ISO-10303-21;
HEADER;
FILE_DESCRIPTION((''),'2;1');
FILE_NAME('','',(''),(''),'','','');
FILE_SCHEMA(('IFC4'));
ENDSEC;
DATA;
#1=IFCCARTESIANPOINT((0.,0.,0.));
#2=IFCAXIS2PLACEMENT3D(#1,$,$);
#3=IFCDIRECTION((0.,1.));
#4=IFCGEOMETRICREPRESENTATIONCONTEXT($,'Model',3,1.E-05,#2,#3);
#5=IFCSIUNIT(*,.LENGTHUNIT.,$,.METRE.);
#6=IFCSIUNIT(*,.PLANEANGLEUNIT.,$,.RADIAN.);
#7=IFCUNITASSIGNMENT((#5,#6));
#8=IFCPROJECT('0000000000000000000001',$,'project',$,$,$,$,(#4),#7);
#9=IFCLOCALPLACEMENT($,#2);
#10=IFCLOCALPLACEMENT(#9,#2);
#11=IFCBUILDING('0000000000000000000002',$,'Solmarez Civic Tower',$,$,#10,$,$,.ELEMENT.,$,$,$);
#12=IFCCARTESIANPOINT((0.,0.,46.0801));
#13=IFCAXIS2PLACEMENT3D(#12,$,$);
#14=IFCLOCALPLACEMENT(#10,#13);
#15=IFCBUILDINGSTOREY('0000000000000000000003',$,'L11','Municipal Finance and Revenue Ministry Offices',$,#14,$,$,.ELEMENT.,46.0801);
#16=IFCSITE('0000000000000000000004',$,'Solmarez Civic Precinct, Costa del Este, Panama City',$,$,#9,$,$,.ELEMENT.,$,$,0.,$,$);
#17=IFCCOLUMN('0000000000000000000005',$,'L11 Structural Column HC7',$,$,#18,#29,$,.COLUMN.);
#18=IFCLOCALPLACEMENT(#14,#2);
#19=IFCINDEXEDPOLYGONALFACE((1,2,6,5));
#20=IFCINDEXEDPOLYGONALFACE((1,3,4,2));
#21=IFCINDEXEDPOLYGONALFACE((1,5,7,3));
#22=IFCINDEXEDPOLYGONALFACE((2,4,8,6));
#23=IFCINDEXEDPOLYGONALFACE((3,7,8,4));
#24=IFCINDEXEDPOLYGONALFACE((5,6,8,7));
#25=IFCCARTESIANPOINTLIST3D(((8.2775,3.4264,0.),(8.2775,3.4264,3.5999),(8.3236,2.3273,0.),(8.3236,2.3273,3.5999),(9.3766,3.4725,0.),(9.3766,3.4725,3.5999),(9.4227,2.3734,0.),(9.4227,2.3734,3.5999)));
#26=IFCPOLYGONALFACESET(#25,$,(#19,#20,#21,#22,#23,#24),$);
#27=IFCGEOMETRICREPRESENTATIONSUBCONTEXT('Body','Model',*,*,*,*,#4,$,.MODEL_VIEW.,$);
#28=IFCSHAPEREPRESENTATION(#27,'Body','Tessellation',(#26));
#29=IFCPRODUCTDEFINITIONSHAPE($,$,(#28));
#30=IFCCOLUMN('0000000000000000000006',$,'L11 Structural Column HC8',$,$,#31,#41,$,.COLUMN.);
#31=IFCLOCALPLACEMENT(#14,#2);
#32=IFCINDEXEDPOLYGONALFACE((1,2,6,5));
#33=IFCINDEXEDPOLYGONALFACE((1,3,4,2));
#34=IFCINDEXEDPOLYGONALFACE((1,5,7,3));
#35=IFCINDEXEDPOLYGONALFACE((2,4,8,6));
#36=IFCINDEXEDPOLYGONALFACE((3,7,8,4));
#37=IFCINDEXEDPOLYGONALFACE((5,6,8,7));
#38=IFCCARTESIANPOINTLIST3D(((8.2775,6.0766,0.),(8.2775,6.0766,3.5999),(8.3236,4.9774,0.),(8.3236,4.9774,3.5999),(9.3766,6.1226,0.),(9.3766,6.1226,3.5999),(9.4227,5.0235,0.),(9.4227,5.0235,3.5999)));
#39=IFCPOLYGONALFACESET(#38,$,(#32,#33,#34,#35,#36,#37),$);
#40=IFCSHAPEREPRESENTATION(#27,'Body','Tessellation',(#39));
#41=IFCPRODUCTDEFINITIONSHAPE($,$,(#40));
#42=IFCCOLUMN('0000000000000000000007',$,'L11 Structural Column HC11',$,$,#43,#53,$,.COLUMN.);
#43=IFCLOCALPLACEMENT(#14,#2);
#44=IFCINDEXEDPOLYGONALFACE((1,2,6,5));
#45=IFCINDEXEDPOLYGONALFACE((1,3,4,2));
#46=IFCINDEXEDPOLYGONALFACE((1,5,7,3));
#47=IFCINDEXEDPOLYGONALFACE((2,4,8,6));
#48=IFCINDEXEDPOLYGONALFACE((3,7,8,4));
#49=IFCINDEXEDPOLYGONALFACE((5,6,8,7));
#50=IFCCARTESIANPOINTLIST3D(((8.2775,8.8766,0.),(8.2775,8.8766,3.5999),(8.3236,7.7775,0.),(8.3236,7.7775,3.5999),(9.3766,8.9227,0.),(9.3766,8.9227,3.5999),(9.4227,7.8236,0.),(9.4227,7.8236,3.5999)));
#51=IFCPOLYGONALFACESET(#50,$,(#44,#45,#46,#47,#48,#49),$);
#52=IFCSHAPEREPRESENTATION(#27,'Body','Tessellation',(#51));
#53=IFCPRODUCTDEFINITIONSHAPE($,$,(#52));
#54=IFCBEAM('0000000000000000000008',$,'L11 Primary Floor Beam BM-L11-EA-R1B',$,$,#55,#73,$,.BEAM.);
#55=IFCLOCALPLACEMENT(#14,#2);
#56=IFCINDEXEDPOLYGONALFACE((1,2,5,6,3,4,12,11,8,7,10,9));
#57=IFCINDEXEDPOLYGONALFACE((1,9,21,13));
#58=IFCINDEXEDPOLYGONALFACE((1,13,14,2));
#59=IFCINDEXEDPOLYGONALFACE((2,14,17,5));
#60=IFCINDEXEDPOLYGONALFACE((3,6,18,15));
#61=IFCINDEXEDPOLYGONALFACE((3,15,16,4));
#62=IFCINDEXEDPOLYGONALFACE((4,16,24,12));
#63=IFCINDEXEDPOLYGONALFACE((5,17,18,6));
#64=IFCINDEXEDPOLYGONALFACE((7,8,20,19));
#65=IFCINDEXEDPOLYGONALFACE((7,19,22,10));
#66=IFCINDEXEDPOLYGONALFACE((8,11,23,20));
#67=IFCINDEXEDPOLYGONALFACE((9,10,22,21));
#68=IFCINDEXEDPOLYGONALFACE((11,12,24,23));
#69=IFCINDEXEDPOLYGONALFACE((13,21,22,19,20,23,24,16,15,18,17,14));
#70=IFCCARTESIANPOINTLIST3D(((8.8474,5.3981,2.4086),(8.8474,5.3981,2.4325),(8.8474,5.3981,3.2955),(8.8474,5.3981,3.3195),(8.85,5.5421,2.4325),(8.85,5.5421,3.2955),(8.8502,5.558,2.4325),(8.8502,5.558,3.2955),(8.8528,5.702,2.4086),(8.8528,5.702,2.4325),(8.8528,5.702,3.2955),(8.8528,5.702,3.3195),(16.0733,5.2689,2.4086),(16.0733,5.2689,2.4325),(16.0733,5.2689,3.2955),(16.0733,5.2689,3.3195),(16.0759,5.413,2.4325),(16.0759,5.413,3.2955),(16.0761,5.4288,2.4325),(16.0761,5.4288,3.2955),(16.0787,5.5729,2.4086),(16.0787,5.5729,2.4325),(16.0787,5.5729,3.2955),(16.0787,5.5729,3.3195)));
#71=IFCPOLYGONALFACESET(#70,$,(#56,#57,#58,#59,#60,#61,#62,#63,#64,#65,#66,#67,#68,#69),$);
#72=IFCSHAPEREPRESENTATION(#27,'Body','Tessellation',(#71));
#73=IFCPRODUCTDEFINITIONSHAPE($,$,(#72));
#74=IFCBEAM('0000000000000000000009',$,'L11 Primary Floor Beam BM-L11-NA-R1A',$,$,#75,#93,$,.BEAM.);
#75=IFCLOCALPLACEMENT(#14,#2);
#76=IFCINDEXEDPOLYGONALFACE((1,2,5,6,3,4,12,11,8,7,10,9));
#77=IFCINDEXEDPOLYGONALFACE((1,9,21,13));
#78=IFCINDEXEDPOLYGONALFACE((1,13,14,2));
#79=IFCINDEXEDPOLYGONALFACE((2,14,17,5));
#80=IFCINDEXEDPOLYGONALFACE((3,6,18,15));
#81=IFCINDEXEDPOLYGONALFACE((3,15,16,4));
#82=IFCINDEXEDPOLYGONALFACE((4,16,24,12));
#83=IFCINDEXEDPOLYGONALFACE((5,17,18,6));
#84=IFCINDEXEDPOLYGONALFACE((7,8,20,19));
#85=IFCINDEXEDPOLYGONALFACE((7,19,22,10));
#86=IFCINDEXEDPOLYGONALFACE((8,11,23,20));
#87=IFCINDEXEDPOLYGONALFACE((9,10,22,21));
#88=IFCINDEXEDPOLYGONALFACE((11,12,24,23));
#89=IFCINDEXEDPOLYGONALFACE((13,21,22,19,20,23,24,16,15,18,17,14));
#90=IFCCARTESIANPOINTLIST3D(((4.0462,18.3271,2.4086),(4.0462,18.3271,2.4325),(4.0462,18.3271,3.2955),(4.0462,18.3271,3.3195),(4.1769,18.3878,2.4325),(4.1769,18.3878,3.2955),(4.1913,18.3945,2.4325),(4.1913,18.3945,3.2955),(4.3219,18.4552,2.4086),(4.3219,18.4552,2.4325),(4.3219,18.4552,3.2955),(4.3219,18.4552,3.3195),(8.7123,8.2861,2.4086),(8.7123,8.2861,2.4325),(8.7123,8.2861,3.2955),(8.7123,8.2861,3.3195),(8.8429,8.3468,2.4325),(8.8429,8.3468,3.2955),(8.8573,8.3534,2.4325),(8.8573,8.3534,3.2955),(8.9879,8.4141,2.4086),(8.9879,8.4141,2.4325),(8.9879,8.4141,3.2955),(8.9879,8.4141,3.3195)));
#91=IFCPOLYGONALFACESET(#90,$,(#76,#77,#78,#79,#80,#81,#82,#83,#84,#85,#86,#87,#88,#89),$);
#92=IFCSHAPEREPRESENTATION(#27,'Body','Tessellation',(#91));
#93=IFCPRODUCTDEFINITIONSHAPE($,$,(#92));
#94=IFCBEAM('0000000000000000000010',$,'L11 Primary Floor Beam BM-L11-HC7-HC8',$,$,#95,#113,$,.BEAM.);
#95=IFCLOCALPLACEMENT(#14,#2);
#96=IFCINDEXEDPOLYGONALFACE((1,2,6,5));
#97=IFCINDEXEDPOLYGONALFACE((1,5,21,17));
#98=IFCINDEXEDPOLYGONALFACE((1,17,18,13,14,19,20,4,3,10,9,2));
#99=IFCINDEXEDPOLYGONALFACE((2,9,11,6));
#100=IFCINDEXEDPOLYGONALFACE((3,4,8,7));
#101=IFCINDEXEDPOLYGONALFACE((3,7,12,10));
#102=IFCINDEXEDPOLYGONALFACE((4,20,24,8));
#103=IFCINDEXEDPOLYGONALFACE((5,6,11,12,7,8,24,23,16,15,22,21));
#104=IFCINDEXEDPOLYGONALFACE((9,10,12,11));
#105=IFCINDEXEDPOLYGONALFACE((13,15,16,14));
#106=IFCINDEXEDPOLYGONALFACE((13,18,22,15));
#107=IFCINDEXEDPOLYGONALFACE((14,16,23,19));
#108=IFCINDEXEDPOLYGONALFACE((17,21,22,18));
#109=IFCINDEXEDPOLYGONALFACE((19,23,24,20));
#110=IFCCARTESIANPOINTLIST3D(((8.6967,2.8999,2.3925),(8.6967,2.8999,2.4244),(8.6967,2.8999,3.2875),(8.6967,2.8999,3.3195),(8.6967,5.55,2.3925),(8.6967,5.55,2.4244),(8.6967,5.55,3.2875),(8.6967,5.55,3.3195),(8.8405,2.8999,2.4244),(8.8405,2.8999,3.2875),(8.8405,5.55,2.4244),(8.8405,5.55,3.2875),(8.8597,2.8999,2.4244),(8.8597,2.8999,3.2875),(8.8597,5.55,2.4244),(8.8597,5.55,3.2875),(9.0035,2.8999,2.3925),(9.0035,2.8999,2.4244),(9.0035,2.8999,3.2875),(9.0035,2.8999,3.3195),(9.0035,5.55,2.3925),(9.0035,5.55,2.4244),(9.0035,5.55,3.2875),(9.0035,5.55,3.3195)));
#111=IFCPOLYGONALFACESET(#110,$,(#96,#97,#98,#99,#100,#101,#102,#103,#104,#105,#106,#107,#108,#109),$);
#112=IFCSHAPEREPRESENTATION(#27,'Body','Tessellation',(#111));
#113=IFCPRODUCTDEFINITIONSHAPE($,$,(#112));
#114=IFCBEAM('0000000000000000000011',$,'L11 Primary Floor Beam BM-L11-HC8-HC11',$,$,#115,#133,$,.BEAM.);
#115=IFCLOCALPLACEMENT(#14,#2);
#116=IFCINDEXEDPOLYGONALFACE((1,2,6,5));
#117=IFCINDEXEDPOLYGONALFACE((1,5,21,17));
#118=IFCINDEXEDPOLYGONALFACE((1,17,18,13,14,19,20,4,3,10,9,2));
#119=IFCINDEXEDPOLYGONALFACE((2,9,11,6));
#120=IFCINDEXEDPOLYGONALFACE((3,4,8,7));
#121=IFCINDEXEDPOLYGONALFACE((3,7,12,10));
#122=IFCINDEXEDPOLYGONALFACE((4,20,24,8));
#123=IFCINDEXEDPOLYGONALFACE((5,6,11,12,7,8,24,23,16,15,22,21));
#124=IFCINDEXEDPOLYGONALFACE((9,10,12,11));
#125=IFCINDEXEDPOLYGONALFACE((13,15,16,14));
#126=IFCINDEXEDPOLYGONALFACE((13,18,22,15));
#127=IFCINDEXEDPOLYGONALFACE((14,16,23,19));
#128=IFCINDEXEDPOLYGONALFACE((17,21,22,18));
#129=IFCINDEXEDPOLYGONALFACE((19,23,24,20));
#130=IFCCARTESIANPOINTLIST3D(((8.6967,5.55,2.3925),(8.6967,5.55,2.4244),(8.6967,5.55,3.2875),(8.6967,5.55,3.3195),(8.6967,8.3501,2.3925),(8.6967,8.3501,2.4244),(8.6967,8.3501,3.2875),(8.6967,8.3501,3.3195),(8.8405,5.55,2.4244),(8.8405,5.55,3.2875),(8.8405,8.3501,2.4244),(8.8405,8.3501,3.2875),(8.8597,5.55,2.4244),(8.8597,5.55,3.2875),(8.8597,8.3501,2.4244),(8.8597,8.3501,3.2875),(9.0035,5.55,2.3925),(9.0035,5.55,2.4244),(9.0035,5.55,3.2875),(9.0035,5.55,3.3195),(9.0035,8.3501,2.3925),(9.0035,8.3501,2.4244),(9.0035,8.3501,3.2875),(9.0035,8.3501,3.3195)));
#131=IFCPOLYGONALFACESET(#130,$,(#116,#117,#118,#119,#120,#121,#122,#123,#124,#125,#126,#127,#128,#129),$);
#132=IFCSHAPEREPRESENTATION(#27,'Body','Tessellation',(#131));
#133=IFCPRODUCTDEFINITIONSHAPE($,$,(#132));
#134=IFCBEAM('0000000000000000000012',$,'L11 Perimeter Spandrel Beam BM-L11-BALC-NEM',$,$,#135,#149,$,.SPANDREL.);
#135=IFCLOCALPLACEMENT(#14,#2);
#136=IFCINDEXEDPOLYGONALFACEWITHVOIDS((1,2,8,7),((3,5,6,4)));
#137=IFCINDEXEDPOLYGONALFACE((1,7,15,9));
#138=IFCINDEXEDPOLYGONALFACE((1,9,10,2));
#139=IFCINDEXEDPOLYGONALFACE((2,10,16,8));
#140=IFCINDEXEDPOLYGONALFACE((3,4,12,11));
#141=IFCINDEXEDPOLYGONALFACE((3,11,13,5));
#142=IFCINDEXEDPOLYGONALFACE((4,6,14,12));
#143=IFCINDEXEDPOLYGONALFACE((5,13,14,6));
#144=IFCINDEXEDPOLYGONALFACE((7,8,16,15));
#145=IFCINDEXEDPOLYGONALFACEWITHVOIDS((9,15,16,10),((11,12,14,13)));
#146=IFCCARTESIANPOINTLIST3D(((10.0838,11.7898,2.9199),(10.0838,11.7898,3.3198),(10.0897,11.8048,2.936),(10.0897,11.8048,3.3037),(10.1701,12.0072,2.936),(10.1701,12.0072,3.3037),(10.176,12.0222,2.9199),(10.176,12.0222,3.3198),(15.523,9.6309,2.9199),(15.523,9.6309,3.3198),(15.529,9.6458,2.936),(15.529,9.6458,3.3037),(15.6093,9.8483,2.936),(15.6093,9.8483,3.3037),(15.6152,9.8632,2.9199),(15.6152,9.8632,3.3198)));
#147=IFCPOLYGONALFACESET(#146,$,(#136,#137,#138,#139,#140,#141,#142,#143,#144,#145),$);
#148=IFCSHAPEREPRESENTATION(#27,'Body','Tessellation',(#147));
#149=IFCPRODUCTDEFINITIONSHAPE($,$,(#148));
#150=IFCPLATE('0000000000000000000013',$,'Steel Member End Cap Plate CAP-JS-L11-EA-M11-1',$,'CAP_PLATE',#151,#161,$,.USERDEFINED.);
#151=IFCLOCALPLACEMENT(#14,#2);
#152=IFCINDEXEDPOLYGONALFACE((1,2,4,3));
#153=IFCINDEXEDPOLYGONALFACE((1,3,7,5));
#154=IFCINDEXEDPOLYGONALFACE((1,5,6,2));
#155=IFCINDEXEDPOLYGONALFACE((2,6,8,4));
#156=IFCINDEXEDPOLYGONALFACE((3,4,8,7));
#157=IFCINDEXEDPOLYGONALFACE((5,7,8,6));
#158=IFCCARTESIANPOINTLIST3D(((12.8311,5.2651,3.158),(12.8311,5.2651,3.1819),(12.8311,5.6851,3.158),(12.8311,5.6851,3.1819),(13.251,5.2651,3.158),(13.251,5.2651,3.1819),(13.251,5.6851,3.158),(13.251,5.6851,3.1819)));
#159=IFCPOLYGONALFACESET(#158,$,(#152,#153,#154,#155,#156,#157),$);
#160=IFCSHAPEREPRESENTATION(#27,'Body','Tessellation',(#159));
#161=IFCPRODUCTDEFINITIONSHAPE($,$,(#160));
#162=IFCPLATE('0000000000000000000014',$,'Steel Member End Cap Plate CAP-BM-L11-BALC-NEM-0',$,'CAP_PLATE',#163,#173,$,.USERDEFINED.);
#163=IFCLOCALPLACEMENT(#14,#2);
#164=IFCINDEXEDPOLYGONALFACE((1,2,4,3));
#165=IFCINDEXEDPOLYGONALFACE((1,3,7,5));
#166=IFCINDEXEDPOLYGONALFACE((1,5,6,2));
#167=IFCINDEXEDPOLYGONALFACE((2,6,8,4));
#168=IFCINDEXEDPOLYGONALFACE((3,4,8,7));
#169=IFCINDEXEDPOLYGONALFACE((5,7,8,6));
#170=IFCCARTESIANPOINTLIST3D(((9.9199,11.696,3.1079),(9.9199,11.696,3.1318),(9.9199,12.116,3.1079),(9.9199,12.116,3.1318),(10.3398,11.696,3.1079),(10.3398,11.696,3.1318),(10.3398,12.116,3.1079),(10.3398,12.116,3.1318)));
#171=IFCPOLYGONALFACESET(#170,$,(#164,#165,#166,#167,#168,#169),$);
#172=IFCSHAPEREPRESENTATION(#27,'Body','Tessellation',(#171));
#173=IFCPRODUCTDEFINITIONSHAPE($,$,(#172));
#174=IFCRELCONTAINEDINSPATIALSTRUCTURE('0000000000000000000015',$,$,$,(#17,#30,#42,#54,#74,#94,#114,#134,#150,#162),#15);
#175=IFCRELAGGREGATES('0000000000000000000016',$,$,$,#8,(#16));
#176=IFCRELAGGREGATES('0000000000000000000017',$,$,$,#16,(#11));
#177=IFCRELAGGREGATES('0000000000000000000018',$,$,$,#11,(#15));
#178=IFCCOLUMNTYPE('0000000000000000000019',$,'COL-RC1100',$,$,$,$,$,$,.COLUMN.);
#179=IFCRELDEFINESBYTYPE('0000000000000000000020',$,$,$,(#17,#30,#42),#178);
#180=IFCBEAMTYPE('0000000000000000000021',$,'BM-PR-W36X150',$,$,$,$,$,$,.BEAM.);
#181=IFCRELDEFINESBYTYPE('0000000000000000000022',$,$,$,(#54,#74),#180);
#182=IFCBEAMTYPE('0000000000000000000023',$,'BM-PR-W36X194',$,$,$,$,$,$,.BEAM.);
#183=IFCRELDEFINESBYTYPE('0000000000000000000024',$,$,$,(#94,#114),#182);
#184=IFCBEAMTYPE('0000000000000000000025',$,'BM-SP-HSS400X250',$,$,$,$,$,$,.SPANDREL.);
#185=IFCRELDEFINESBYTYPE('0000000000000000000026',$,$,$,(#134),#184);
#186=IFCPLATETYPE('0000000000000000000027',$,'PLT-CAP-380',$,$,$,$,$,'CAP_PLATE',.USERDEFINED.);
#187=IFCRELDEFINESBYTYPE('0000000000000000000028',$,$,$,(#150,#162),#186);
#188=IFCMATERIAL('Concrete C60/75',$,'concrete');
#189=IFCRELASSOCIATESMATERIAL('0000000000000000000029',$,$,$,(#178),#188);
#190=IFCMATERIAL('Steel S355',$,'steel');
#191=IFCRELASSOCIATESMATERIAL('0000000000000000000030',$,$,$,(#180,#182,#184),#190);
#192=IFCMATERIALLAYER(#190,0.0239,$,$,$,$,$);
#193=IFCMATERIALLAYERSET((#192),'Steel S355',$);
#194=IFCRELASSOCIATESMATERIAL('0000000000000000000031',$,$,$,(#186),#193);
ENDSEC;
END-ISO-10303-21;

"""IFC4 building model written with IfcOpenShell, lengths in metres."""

from ifc_helpers import new_model, si_unit, direction, frame, origin, origin_2d, place, context, subcontext, project, spatial, rectangle, hollow_rectangle, i_section, extrude, material, layer, layer_set, material_profile, profile_set, type_object, element, save


model = new_model("IFC4")

# Units and contexts
model_context = context("Model", 3, precision=1e-05, world=origin(), true_north=direction((0.0, 1.0)))
body_context = subcontext(model_context, "Body", "Model", "MODEL_VIEW")
ifc_project = project(units=[si_unit("LENGTHUNIT", "METRE"), si_unit("PLANEANGLEUNIT", "RADIAN")], contexts=[model_context])

# Site, building, storey
site_placement = place(None, origin())
site = spatial("IfcSite", under=ifc_project, at=site_placement, Name="Solmarez Civic Precinct, Costa del Este, Panama City", CompositionType="ELEMENT", RefElevation=0.0)
building_placement = place(site_placement, origin())
building = spatial("IfcBuilding", under=site, at=building_placement, Name="Solmarez Civic Tower", CompositionType="ELEMENT")
storey_placement = place(building_placement, frame((0.0, 0.0, 46.0801)))
storey = spatial("IfcBuildingStorey", under=building, at=storey_placement, Name="L11", Description="Municipal Finance and Revenue Ministry Offices", CompositionType="ELEMENT", Elevation=46.0801)

# Columns
ifc_material_1 = material(Name="Concrete C60/75", Category="concrete")
ifc_material_profile_1 = material_profile(ifc_material_1, rectangle(XDim=1.1001, YDim=1.1001, at=origin_2d()), Name="RC1100X1100")
ifc_profile_set_1 = profile_set([ifc_material_profile_1], Name="Concrete C60/75")
column_type = type_object("IfcColumnType", Name="COL-RC1100", PredefinedType="COLUMN", material=ifc_profile_set_1)
for number, where, z_axis, x_axis, name in (
    (1, (8.8501, 2.8999, 0.0), (0.0, 0.0, 1.0), (0.999123, 0.041876, 0.0), "L11 Structural Column HC7"),
    (2, (8.8501, 5.55, 0.0), (0.0, 0.0, 1.0), (0.999123, 0.041876, 0.0), "L11 Structural Column HC8"),
    (3, (8.8501, 8.3501, 0.0), (0.0, 0.0, 1.0), (0.999123, 0.041876, 0.0), "L11 Structural Column HC11"),
):
    element("IfcColumn", number, at=place(storey_placement, frame(where, z_axis=z_axis, x_axis=x_axis)), inside=storey, type_object=column_type, Name=name, PredefinedType="COLUMN", context=body_context, shape_type="SweptSolid", body=[
        extrude(rectangle(XDim=1.1001, YDim=1.1001, at=origin_2d()), origin(), (0.0, 0.0, 1.0), 3.5999),
    ])

# Beams
ifc_material_2 = material(Name="Steel S355", Category="steel")
ifc_material_profile_2 = material_profile(ifc_material_2, i_section(OverallWidth=0.304, OverallDepth=0.9109, WebThickness=0.0159, FlangeThickness=0.0239, at=origin_2d()), Name="W36X150")
ifc_profile_set_2 = profile_set([ifc_material_profile_2], Name="Steel S355")
beam_type_1 = type_object("IfcBeamType", Name="BM-PR-W36X150", PredefinedType="BEAM", material=ifc_profile_set_2)
beam_1_placement = place(storey_placement, frame((8.8501, 5.55, 2.864), z_axis=(0.99984, -0.017871, 0.0), x_axis=(0.017871, 0.99984, 0.0)))
element("IfcBeam", 4, at=beam_1_placement, inside=storey, type_object=beam_type_1, Name="L11 Primary Floor Beam BM-L11-EA-R1B", PredefinedType="BEAM", context=body_context, shape_type="SweptSolid", body=[
    extrude(i_section(OverallWidth=0.304, OverallDepth=0.9109, WebThickness=0.0159, FlangeThickness=0.0239, at=origin_2d()), origin(), (0.0, 0.0, 1.0), 7.2271),
])
beam_2_placement = place(storey_placement, frame((8.8501, 8.3501, 2.864), z_axis=(-0.421417, 0.906867, 0.0), x_axis=(-0.906867, -0.421417, 0.0)))
element("IfcBeam", 5, at=beam_2_placement, inside=storey, type_object=beam_type_1, Name="L11 Primary Floor Beam BM-L11-NA-R1A", PredefinedType="BEAM", context=body_context, shape_type="SweptSolid", body=[
    extrude(i_section(OverallWidth=0.304, OverallDepth=0.9109, WebThickness=0.0159, FlangeThickness=0.0239, at=origin_2d()), origin(), (0.0, 0.0, 1.0), 11.0723),
])
ifc_material_profile_3 = material_profile(ifc_material_2, i_section(OverallWidth=0.3069, OverallDepth=0.927, WebThickness=0.0193, FlangeThickness=0.032, at=origin_2d()), Name="W36X194")
ifc_profile_set_3 = profile_set([ifc_material_profile_3], Name="Steel S355")
beam_type_2 = type_object("IfcBeamType", Name="BM-PR-W36X194", PredefinedType="BEAM", material=ifc_profile_set_3)
beam_3_placement = place(storey_placement, frame((8.8501, 2.8999, 2.856), z_axis=(0.0, 1.0, 0.0), x_axis=(-1.0, 0.0, 0.0)))
element("IfcBeam", 6, at=beam_3_placement, inside=storey, type_object=beam_type_2, Name="L11 Primary Floor Beam BM-L11-HC7-HC8", PredefinedType="BEAM", context=body_context, shape_type="SweptSolid", body=[
    extrude(i_section(OverallWidth=0.3069, OverallDepth=0.927, WebThickness=0.0193, FlangeThickness=0.032, at=origin_2d()), origin(), (0.0, 0.0, 1.0), 2.6501),
])
beam_4_placement = place(storey_placement, frame((8.8501, 5.55, 2.856), z_axis=(0.0, 1.0, 0.0), x_axis=(-1.0, 0.0, 0.0)))
element("IfcBeam", 7, at=beam_4_placement, inside=storey, type_object=beam_type_2, Name="L11 Primary Floor Beam BM-L11-HC8-HC11", PredefinedType="BEAM", context=body_context, shape_type="SweptSolid", body=[
    extrude(i_section(OverallWidth=0.3069, OverallDepth=0.927, WebThickness=0.0193, FlangeThickness=0.032, at=origin_2d()), origin(), (0.0, 0.0, 1.0), 2.8),
])
ifc_material_profile_4 = material_profile(ifc_material_2, hollow_rectangle(XDim=0.25, YDim=0.3999, WallThickness=0.0161, at=origin_2d()), Name="HSS400X250X16")
ifc_profile_set_4 = profile_set([ifc_material_profile_4], Name="Steel S355")
beam_type_3 = type_object("IfcBeamType", Name="BM-SP-HSS400X250", PredefinedType="SPANDREL", material=ifc_profile_set_4)
beam_5_placement = place(storey_placement, frame((10.1299, 11.906, 3.1199), z_axis=(0.92946, -0.368922, 0.0), x_axis=(0.368922, 0.92946, 0.0)))
element("IfcBeam", 8, at=beam_5_placement, inside=storey, type_object=beam_type_3, Name="L11 Perimeter Spandrel Beam BM-L11-BALC-NEM", PredefinedType="SPANDREL", context=body_context, shape_type="SweptSolid", body=[
    extrude(hollow_rectangle(XDim=0.25, YDim=0.3999, WallThickness=0.0161, at=origin_2d()), origin(), (0.0, 0.0, 1.0), 5.8521),
])

# Plates
ifc_layer_1 = layer(ifc_material_2, 0.0239)
ifc_layer_set_1 = layer_set([ifc_layer_1], Name="Steel S355")
plate_type = type_object("IfcPlateType", Name="PLT-CAP-380", ElementType="CAP_PLATE", PredefinedType="USERDEFINED", material=ifc_layer_set_1)
for number, where, z_axis, x_axis, name in (
    (9, (13.041, 5.4751, 3.158), (0.0, 0.0, 1.0), (1.0, 0.0, 0.0), "Steel Member End Cap Plate CAP-JS-L11-EA-M11-1"),
    (10, (10.1299, 11.906, 3.1079), (0.0, 0.0, 1.0), (1.0, 0.0, 0.0), "Steel Member End Cap Plate CAP-BM-L11-BALC-NEM-0"),
):
    element("IfcPlate", number, at=place(storey_placement, frame(where, z_axis=z_axis, x_axis=x_axis)), inside=storey, type_object=plate_type, Name=name, ObjectType="CAP_PLATE", PredefinedType="USERDEFINED", context=body_context, shape_type="SweptSolid", body=[
        extrude(rectangle(XDim=0.4199, YDim=0.4199, at=origin_2d()), origin(), (0.0, 0.0, 1.0), 0.0239),
    ])

save(model, "model.ifc")
